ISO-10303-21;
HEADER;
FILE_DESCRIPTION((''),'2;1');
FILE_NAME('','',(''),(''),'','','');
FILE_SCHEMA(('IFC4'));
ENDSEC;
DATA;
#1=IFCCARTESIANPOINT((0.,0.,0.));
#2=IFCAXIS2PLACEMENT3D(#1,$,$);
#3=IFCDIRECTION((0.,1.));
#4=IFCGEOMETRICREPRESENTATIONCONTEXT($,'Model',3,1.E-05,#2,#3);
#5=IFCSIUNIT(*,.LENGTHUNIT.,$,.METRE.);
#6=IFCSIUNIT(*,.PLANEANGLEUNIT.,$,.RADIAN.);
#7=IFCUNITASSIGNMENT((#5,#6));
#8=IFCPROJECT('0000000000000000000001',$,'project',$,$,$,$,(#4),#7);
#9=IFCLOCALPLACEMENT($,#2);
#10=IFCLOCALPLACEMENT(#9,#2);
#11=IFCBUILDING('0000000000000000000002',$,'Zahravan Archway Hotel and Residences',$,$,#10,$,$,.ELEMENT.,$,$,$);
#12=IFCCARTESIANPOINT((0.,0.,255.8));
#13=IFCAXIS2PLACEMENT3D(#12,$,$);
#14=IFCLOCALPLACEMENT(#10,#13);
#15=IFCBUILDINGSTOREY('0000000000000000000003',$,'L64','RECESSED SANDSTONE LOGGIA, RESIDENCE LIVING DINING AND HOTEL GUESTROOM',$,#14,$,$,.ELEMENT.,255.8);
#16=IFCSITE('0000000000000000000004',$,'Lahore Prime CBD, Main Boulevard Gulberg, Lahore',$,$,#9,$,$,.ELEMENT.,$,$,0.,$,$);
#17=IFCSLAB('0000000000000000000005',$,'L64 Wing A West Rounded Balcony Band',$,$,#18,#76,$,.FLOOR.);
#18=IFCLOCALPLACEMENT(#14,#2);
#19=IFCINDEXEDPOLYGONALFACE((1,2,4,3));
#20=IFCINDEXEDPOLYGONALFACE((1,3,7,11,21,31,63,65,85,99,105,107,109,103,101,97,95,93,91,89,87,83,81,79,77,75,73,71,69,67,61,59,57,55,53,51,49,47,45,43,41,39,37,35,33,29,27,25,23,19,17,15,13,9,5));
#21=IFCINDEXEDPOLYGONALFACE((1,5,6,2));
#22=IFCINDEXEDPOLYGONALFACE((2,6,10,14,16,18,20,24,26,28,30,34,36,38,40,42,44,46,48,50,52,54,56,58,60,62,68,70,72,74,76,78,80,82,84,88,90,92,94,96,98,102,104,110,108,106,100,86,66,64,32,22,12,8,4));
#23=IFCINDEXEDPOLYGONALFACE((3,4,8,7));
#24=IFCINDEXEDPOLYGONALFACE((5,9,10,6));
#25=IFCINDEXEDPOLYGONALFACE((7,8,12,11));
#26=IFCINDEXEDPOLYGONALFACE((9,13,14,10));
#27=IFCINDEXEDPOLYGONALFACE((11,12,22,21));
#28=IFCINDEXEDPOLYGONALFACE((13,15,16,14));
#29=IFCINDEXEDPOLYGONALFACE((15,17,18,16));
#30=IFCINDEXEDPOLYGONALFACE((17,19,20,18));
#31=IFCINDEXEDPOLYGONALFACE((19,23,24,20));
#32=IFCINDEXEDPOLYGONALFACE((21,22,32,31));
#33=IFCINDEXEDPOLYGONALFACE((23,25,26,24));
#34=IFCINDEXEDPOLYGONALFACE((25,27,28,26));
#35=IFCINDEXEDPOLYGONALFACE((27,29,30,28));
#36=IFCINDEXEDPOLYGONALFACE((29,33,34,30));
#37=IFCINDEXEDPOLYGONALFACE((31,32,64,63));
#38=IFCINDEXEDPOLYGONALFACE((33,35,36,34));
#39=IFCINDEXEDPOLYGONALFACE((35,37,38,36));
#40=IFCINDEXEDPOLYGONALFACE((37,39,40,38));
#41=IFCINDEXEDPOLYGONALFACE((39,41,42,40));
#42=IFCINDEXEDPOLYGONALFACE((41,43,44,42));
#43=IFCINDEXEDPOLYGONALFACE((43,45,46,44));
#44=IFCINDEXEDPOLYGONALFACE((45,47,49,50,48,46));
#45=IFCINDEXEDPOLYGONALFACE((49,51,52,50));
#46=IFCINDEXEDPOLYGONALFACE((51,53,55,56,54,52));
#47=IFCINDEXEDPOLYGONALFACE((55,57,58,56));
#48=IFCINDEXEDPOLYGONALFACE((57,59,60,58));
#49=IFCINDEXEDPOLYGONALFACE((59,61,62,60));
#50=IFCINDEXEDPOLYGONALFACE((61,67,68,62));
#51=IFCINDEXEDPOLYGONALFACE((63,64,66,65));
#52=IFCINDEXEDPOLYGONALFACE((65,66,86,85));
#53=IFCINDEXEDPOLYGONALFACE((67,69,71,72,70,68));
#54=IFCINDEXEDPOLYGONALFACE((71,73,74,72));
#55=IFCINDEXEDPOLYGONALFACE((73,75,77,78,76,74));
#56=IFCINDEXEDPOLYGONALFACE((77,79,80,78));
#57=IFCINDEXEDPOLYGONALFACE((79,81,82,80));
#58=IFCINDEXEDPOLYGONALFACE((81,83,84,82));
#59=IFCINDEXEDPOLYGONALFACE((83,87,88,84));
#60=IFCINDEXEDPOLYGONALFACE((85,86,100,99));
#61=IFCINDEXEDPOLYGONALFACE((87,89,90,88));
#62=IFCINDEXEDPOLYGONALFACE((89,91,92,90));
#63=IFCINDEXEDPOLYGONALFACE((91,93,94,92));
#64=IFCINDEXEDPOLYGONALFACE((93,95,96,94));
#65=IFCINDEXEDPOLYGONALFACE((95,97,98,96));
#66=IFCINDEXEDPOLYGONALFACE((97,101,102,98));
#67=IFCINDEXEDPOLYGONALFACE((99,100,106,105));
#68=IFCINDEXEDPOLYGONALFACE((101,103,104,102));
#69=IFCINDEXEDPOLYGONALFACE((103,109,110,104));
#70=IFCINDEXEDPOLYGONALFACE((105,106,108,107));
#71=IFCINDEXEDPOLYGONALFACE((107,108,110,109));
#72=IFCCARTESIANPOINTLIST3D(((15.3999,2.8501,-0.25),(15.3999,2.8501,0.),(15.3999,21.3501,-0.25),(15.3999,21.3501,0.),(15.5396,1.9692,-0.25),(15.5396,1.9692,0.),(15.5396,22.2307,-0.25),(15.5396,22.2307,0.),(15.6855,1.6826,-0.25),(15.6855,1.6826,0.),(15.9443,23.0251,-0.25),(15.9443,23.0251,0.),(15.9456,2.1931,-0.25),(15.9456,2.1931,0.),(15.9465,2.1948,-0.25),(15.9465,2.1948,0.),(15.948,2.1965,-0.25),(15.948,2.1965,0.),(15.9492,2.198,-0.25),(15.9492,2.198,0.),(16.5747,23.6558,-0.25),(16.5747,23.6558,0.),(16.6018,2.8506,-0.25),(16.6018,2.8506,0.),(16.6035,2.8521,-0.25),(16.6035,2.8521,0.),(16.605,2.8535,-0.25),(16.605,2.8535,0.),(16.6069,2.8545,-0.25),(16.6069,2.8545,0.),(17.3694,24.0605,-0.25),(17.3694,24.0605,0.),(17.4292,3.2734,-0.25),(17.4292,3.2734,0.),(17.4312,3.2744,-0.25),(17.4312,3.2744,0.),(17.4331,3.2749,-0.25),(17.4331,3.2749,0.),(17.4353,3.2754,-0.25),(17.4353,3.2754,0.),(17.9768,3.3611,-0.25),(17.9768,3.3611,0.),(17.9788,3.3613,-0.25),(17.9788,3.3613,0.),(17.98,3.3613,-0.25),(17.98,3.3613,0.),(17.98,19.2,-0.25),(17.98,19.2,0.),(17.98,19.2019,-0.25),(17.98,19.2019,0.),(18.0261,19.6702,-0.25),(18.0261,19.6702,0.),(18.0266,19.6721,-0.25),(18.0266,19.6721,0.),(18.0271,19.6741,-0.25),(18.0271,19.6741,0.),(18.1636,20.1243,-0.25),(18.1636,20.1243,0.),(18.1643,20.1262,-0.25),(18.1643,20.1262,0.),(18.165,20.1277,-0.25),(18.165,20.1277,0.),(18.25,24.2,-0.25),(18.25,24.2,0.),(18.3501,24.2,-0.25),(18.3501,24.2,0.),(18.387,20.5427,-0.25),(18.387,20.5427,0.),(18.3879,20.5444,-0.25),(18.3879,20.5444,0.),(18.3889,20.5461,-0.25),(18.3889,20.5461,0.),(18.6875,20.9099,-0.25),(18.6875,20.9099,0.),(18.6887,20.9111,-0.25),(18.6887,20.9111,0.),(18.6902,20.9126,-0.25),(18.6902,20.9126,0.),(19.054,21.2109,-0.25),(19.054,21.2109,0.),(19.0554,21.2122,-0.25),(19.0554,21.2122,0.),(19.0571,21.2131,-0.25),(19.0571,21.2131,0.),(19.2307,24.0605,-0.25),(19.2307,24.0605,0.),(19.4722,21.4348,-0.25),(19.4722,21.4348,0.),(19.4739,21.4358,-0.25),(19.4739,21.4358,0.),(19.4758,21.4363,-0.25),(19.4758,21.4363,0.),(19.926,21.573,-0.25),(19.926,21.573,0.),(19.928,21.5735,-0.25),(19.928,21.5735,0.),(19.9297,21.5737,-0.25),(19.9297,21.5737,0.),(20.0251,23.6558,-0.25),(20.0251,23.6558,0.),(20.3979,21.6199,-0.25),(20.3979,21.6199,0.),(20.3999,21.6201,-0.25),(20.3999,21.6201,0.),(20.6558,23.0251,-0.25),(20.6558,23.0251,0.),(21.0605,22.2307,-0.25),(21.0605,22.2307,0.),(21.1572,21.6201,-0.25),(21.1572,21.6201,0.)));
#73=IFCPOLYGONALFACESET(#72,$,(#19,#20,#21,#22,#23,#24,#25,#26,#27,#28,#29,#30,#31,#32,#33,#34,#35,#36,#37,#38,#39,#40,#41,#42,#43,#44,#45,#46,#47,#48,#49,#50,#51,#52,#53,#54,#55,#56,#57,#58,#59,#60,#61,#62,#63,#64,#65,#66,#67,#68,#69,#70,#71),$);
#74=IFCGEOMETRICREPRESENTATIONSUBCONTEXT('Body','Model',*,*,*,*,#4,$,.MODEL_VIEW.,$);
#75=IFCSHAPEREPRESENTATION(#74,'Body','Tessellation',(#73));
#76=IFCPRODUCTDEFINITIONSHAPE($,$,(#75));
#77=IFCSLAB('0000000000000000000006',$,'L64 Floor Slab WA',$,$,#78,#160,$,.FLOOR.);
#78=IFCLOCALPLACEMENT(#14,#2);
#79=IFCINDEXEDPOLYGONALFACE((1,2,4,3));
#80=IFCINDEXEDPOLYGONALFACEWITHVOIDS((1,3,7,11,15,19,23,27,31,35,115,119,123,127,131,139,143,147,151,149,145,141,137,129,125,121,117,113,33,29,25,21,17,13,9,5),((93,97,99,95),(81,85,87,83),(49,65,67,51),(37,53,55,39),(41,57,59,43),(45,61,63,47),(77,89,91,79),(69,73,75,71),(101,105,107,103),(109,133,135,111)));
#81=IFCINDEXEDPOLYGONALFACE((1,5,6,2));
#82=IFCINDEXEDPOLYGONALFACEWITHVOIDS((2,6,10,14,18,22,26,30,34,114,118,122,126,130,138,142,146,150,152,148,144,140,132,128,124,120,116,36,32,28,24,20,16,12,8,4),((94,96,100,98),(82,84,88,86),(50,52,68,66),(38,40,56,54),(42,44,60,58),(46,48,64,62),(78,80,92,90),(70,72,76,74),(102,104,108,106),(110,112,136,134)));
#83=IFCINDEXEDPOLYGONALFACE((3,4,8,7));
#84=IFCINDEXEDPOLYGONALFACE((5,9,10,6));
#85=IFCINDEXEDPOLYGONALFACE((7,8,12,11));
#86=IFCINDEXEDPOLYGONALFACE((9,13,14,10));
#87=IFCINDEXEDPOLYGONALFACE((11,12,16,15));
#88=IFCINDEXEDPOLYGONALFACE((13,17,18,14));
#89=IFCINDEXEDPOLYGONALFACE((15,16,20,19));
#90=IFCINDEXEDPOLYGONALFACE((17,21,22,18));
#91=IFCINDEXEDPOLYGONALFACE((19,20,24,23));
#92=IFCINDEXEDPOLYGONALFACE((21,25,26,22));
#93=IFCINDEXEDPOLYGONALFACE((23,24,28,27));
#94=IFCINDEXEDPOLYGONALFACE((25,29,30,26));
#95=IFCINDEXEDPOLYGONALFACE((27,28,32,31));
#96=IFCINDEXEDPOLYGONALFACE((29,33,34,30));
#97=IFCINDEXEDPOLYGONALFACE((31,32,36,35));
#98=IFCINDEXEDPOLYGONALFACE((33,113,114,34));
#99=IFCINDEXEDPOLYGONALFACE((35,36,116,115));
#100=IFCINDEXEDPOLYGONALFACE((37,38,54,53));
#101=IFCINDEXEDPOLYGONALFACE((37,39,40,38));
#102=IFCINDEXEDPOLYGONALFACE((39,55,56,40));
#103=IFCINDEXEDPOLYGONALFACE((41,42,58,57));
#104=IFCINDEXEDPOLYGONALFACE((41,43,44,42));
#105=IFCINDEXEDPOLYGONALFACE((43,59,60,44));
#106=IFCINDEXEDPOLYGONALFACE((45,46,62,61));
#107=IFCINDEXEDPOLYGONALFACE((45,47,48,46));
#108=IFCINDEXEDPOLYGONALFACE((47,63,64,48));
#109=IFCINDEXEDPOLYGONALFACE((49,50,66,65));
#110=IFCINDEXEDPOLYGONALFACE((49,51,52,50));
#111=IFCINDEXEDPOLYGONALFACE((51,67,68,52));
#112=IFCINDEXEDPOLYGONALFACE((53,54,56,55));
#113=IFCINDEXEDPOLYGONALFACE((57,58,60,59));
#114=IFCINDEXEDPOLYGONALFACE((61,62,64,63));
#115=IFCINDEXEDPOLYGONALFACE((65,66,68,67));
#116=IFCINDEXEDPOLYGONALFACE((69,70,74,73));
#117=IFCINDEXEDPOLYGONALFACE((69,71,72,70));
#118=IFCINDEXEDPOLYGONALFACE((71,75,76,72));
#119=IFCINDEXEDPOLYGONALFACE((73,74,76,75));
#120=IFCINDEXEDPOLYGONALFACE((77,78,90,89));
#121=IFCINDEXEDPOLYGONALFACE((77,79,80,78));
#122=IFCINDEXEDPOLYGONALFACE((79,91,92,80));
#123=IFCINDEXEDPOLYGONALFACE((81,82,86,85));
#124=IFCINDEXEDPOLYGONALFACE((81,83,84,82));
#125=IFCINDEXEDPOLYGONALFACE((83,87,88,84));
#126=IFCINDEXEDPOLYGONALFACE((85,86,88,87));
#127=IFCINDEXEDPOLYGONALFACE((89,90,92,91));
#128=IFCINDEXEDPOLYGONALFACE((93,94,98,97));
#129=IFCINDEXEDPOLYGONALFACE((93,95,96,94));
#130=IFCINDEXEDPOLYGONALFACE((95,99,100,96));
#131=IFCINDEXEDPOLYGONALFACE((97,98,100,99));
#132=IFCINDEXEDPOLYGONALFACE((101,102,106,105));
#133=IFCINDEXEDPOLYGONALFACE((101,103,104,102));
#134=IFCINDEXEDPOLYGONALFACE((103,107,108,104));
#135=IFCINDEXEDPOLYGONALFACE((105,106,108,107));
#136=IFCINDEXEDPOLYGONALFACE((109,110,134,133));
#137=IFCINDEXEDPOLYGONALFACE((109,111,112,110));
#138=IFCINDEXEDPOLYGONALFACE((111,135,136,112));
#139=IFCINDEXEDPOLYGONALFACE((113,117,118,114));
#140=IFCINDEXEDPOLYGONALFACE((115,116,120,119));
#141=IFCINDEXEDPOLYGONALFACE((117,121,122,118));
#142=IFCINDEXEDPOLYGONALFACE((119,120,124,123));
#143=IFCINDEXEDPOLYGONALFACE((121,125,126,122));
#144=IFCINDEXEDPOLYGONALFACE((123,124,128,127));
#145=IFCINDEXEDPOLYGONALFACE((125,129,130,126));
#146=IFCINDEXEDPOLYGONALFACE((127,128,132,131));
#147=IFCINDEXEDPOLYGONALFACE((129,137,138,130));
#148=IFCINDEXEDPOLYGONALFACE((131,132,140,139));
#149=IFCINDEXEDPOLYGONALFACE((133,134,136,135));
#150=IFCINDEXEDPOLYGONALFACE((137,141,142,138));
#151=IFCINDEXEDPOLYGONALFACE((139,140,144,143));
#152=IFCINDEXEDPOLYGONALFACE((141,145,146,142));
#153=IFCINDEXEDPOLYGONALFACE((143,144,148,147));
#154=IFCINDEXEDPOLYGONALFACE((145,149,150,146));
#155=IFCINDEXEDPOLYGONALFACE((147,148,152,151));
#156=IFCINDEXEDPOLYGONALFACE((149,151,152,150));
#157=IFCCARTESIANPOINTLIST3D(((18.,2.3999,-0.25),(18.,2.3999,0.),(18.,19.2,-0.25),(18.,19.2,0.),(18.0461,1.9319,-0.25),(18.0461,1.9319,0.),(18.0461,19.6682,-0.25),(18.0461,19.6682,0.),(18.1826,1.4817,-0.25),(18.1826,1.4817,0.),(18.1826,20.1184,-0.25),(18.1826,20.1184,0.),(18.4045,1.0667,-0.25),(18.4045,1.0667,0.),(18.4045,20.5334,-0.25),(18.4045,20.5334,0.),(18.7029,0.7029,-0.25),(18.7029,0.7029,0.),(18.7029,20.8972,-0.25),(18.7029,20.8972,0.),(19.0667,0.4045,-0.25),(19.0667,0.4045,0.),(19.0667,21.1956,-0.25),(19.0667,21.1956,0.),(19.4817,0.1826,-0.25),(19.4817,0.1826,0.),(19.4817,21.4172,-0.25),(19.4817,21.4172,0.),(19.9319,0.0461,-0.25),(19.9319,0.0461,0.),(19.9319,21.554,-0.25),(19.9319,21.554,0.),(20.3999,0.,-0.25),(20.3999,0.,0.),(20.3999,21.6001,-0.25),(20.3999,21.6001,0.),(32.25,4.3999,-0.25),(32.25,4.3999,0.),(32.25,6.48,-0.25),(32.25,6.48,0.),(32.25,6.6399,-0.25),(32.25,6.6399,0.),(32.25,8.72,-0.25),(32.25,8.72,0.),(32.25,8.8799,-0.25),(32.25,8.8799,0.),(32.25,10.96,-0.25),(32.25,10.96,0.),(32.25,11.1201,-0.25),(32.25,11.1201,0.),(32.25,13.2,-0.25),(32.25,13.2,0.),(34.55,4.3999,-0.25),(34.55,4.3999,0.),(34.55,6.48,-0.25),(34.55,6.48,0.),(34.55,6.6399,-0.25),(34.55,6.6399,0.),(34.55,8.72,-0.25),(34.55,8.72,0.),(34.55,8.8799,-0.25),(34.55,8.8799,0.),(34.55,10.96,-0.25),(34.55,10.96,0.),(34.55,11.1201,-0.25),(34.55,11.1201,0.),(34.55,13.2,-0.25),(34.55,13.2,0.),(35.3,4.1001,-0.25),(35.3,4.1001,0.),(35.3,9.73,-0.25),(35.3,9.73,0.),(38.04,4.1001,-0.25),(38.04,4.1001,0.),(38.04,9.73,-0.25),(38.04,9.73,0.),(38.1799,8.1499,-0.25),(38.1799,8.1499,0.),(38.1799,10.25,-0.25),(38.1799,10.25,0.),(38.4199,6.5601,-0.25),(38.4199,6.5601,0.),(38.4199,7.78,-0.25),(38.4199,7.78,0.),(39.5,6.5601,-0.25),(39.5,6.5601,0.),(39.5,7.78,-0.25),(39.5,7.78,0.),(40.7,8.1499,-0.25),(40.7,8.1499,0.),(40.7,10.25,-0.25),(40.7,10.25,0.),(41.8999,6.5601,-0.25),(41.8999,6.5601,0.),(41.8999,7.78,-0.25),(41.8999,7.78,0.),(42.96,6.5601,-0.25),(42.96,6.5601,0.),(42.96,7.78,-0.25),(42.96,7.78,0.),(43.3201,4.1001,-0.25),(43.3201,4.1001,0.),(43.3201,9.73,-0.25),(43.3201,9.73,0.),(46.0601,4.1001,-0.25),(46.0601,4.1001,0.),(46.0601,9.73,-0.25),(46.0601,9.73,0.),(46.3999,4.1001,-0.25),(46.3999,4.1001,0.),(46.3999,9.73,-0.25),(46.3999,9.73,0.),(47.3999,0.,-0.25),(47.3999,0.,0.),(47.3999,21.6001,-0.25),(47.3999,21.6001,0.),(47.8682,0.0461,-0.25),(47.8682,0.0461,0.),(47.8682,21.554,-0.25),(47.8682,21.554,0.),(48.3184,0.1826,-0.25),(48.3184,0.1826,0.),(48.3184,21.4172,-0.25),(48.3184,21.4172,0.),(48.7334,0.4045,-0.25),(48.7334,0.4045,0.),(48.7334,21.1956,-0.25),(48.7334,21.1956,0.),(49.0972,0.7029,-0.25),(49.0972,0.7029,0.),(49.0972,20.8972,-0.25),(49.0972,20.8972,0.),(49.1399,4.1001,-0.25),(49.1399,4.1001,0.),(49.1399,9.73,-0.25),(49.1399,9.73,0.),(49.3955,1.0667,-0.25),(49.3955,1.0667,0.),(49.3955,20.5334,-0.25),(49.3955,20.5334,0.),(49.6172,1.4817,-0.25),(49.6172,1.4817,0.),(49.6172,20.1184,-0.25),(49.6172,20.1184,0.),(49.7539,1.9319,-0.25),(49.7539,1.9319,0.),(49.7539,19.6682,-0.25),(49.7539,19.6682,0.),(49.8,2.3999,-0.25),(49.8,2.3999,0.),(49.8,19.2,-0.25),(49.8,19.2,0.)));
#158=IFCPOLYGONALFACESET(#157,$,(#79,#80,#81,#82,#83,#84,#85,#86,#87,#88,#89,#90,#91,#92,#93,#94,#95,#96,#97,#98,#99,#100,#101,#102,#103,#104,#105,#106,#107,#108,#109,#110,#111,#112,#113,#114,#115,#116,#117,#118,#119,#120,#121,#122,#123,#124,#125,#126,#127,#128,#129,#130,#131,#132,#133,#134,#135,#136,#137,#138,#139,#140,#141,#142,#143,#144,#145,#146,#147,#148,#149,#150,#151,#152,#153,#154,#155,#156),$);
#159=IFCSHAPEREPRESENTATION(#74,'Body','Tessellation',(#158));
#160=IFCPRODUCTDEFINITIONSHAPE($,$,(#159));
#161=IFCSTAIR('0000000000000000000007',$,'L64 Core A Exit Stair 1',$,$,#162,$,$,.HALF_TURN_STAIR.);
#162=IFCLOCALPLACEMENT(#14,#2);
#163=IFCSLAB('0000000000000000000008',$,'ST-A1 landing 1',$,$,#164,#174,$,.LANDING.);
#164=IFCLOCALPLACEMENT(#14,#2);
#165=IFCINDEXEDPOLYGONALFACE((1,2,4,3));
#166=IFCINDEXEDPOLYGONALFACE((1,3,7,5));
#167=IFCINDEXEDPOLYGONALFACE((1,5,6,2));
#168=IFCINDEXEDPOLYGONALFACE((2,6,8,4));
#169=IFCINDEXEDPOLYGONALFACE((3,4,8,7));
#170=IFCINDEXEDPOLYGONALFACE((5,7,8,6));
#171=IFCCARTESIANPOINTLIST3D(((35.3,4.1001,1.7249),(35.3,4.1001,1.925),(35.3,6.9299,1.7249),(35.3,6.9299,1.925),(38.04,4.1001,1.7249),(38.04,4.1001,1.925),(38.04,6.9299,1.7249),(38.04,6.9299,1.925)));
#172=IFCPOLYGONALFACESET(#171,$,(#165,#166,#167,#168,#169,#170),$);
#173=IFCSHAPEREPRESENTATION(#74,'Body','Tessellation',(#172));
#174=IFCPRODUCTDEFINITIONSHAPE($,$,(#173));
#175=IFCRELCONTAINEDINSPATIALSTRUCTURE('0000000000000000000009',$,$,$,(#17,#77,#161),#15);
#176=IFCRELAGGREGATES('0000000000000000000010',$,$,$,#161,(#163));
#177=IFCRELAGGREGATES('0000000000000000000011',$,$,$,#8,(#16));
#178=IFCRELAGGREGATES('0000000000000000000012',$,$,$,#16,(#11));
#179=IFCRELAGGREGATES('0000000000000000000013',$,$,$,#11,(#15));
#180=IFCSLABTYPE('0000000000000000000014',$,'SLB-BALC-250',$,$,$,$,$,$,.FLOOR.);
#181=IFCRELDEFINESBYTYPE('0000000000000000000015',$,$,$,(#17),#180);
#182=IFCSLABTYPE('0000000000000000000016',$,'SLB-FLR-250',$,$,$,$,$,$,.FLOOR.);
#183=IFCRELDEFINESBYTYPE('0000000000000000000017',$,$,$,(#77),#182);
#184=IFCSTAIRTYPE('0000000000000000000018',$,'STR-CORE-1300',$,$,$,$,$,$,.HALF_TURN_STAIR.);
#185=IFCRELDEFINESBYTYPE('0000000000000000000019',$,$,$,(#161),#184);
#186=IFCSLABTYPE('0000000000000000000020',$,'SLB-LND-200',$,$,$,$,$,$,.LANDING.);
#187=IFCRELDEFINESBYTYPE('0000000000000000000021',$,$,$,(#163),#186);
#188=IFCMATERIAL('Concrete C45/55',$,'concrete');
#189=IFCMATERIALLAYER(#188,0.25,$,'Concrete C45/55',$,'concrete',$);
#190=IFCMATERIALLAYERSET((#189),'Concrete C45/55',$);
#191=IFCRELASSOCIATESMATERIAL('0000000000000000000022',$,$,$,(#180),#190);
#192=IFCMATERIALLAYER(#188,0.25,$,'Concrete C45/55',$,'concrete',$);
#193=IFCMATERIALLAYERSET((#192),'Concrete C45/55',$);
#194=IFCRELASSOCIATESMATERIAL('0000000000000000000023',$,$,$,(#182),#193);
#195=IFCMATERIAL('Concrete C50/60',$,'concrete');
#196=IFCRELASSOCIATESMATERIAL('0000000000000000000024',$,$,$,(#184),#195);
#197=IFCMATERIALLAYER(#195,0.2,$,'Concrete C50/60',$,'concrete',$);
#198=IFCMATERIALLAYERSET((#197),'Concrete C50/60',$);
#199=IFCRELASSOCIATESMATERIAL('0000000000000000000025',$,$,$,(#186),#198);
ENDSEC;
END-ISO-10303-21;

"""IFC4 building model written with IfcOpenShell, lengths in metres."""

from ifc_helpers import new_model, si_unit, direction, frame, origin, place, context, subcontext, project, spatial, polyline, outline, extrude, material, layer, layer_set, type_object, element, aggregate, save


model = new_model("IFC4")

# Units and contexts
model_context = context("Model", 3, precision=1e-05, world=origin(), true_north=direction((0.0, 1.0)))
body_context = subcontext(model_context, "Body", "Model", "MODEL_VIEW")
ifc_project = project(units=[si_unit("LENGTHUNIT", "METRE"), si_unit("PLANEANGLEUNIT", "RADIAN")], contexts=[model_context])

# Site, building, storey
site_placement = place(None, origin())
site = spatial("IfcSite", under=ifc_project, at=site_placement, Name="Lahore Prime CBD, Main Boulevard Gulberg, Lahore", CompositionType="ELEMENT", RefElevation=0.0)
building_placement = place(site_placement, origin())
building = spatial("IfcBuilding", under=site, at=building_placement, Name="Zahravan Archway Hotel and Residences", CompositionType="ELEMENT")
storey_placement = place(building_placement, frame((0.0, 0.0, 255.8)))
storey = spatial("IfcBuildingStorey", under=building, at=storey_placement, Name="L64", Description="RECESSED SANDSTONE LOGGIA, RESIDENCE LIVING DINING AND HOTEL GUESTROOM", CompositionType="ELEMENT", Elevation=255.8)

# Slabs
ifc_material_1 = material(Name="Concrete C45/55", Category="concrete")
ifc_layer_1 = layer(ifc_material_1, 0.25, Name="Concrete C45/55", Category="concrete")
ifc_layer_set_1 = layer_set([ifc_layer_1], Name="Concrete C45/55")
slab_type_1 = type_object("IfcSlabType", Name="SLB-BALC-250", PredefinedType="FLOOR", material=ifc_layer_set_1)
slab_1_placement = place(storey_placement, frame((0.0, 0.0, -0.25)))
element("IfcSlab", 1, at=slab_1_placement, inside=storey, type_object=slab_type_1, Name="L64 Wing A West Rounded Balcony Band", PredefinedType="FLOOR", context=body_context, shape_type="SweptSolid", body=[
    extrude(outline(polyline([(15.5396, 1.9692), (15.3999, 2.8501), (15.3999, 21.3501), (15.5396, 22.2307), (15.9443, 23.0251), (16.5747, 23.6558), (17.3694, 24.0605), (18.25, 24.2), (18.3501, 24.2), (19.2307, 24.0605), (20.0251, 23.6558), (20.6558, 23.0251), (21.0605, 22.2307), (21.1572, 21.6201), (20.3999, 21.6201), (20.3979, 21.6199), (19.9297, 21.5737), (19.928, 21.5735), (19.926, 21.573), (19.4758, 21.4363), (19.4739, 21.4358), (19.4722, 21.4348), (19.0571, 21.2131), (19.0554, 21.2122), (19.054, 21.2109), (18.6902, 20.9126), (18.6887, 20.9111), (18.6875, 20.9099), (18.3889, 20.5461), (18.3879, 20.5444), (18.387, 20.5427), (18.165, 20.1277), (18.1643, 20.1262), (18.1636, 20.1243), (18.0271, 19.6741), (18.0266, 19.6721), (18.0261, 19.6702), (17.98, 19.2019), (17.98, 19.2), (17.98, 3.3613), (17.9788, 3.3613), (17.9768, 3.3611), (17.4353, 3.2754), (17.4331, 3.2749), (17.4312, 3.2744), (17.4292, 3.2734), (16.6069, 2.8545), (16.605, 2.8535), (16.6035, 2.8521), (16.6018, 2.8506), (15.9492, 2.198), (15.948, 2.1965), (15.9465, 2.1948), (15.9456, 2.1931), (15.6855, 1.6826), (15.5396, 1.9692)])), origin(), (0.0, 0.0, 1.0), 0.25),
])
ifc_layer_2 = layer(ifc_material_1, 0.25, Name="Concrete C45/55", Category="concrete")
ifc_layer_set_2 = layer_set([ifc_layer_2], Name="Concrete C45/55")
slab_type_2 = type_object("IfcSlabType", Name="SLB-FLR-250", PredefinedType="FLOOR", material=ifc_layer_set_2)
slab_2_placement = place(storey_placement, frame((0.0, 0.0, -0.25)))
element("IfcSlab", 2, at=slab_2_placement, inside=storey, type_object=slab_type_2, Name="L64 Floor Slab WA", PredefinedType="FLOOR", context=body_context, shape_type="SweptSolid", body=[
    extrude(outline(polyline([(47.3999, 0.0), (47.8682, 0.0461), (48.3184, 0.1826), (48.7334, 0.4045), (49.0972, 0.7029), (49.3955, 1.0667), (49.6172, 1.4817), (49.7539, 1.9319), (49.8, 2.3999), (49.8, 19.2), (49.7539, 19.6682), (49.6172, 20.1184), (49.3955, 20.5334), (49.0972, 20.8972), (48.7334, 21.1956), (48.3184, 21.4172), (47.8682, 21.554), (47.3999, 21.6001), (20.3999, 21.6001), (19.9319, 21.554), (19.4817, 21.4172), (19.0667, 21.1956), (18.7029, 20.8972), (18.4045, 20.5334), (18.1826, 20.1184), (18.0461, 19.6682), (18.0, 19.2), (18.0, 2.3999), (18.0461, 1.9319), (18.1826, 1.4817), (18.4045, 1.0667), (18.7029, 0.7029), (19.0667, 0.4045), (19.4817, 0.1826), (19.9319, 0.0461), (20.3999, 0.0), (47.3999, 0.0)]), holes=[polyline([(35.3, 9.73), (35.3, 4.1001), (38.04, 4.1001), (38.04, 9.73), (35.3, 9.73)]), polyline([(43.3201, 9.73), (43.3201, 4.1001), (46.0601, 4.1001), (46.0601, 9.73), (43.3201, 9.73)]), polyline([(46.3999, 9.73), (46.3999, 4.1001), (49.1399, 4.1001), (49.1399, 9.73), (46.3999, 9.73)]), polyline([(38.1799, 8.1499), (40.7, 8.1499), (40.7, 10.25), (38.1799, 10.25), (38.1799, 8.1499)]), polyline([(32.25, 4.3999), (34.55, 4.3999), (34.55, 6.48), (32.25, 6.48), (32.25, 4.3999)]), polyline([(32.25, 6.6399), (34.55, 6.6399), (34.55, 8.72), (32.25, 8.72), (32.25, 6.6399)]), polyline([(32.25, 8.8799), (34.55, 8.8799), (34.55, 10.96), (32.25, 10.96), (32.25, 8.8799)]), polyline([(32.25, 11.1201), (34.55, 11.1201), (34.55, 13.2), (32.25, 13.2), (32.25, 11.1201)]), polyline([(38.4199, 6.5601), (39.5, 6.5601), (39.5, 7.78), (38.4199, 7.78), (38.4199, 6.5601)]), polyline([(41.8999, 6.5601), (42.96, 6.5601), (42.96, 7.78), (41.8999, 7.78), (41.8999, 6.5601)])]), origin(), (0.0, 0.0, 1.0), 0.25),
])

# Stair, slab
ifc_material_2 = material(Name="Concrete C50/60", Category="concrete")
stair_type = type_object("IfcStairType", Name="STR-CORE-1300", PredefinedType="HALF_TURN_STAIR", material=ifc_material_2)
stair_1_placement = place(storey_placement, origin())
stair_1 = element("IfcStair", 3, at=stair_1_placement, inside=storey, type_object=stair_type, Name="L64 Core A Exit Stair 1", PredefinedType="HALF_TURN_STAIR")
ifc_layer_3 = layer(ifc_material_2, 0.2, Name="Concrete C50/60", Category="concrete")
ifc_layer_set_3 = layer_set([ifc_layer_3], Name="Concrete C50/60")
slab_type_3 = type_object("IfcSlabType", Name="SLB-LND-200", PredefinedType="LANDING", material=ifc_layer_set_3)
slab_3_placement = place(storey_placement, frame((0.0, 0.0, 1.7249)))
slab_3 = element("IfcSlab", 4, at=slab_3_placement, type_object=slab_type_3, Name="ST-A1 landing 1", PredefinedType="LANDING", context=body_context, shape_type="SweptSolid", body=[
    extrude(outline(polyline([(35.3, 6.9299), (35.3, 4.1001), (38.04, 4.1001), (38.04, 6.9299), (35.3, 6.9299)])), origin(), (0.0, 0.0, 1.0), 0.2002),
])
aggregate(stair_1, [slab_3])

save(model, "model.ifc")
